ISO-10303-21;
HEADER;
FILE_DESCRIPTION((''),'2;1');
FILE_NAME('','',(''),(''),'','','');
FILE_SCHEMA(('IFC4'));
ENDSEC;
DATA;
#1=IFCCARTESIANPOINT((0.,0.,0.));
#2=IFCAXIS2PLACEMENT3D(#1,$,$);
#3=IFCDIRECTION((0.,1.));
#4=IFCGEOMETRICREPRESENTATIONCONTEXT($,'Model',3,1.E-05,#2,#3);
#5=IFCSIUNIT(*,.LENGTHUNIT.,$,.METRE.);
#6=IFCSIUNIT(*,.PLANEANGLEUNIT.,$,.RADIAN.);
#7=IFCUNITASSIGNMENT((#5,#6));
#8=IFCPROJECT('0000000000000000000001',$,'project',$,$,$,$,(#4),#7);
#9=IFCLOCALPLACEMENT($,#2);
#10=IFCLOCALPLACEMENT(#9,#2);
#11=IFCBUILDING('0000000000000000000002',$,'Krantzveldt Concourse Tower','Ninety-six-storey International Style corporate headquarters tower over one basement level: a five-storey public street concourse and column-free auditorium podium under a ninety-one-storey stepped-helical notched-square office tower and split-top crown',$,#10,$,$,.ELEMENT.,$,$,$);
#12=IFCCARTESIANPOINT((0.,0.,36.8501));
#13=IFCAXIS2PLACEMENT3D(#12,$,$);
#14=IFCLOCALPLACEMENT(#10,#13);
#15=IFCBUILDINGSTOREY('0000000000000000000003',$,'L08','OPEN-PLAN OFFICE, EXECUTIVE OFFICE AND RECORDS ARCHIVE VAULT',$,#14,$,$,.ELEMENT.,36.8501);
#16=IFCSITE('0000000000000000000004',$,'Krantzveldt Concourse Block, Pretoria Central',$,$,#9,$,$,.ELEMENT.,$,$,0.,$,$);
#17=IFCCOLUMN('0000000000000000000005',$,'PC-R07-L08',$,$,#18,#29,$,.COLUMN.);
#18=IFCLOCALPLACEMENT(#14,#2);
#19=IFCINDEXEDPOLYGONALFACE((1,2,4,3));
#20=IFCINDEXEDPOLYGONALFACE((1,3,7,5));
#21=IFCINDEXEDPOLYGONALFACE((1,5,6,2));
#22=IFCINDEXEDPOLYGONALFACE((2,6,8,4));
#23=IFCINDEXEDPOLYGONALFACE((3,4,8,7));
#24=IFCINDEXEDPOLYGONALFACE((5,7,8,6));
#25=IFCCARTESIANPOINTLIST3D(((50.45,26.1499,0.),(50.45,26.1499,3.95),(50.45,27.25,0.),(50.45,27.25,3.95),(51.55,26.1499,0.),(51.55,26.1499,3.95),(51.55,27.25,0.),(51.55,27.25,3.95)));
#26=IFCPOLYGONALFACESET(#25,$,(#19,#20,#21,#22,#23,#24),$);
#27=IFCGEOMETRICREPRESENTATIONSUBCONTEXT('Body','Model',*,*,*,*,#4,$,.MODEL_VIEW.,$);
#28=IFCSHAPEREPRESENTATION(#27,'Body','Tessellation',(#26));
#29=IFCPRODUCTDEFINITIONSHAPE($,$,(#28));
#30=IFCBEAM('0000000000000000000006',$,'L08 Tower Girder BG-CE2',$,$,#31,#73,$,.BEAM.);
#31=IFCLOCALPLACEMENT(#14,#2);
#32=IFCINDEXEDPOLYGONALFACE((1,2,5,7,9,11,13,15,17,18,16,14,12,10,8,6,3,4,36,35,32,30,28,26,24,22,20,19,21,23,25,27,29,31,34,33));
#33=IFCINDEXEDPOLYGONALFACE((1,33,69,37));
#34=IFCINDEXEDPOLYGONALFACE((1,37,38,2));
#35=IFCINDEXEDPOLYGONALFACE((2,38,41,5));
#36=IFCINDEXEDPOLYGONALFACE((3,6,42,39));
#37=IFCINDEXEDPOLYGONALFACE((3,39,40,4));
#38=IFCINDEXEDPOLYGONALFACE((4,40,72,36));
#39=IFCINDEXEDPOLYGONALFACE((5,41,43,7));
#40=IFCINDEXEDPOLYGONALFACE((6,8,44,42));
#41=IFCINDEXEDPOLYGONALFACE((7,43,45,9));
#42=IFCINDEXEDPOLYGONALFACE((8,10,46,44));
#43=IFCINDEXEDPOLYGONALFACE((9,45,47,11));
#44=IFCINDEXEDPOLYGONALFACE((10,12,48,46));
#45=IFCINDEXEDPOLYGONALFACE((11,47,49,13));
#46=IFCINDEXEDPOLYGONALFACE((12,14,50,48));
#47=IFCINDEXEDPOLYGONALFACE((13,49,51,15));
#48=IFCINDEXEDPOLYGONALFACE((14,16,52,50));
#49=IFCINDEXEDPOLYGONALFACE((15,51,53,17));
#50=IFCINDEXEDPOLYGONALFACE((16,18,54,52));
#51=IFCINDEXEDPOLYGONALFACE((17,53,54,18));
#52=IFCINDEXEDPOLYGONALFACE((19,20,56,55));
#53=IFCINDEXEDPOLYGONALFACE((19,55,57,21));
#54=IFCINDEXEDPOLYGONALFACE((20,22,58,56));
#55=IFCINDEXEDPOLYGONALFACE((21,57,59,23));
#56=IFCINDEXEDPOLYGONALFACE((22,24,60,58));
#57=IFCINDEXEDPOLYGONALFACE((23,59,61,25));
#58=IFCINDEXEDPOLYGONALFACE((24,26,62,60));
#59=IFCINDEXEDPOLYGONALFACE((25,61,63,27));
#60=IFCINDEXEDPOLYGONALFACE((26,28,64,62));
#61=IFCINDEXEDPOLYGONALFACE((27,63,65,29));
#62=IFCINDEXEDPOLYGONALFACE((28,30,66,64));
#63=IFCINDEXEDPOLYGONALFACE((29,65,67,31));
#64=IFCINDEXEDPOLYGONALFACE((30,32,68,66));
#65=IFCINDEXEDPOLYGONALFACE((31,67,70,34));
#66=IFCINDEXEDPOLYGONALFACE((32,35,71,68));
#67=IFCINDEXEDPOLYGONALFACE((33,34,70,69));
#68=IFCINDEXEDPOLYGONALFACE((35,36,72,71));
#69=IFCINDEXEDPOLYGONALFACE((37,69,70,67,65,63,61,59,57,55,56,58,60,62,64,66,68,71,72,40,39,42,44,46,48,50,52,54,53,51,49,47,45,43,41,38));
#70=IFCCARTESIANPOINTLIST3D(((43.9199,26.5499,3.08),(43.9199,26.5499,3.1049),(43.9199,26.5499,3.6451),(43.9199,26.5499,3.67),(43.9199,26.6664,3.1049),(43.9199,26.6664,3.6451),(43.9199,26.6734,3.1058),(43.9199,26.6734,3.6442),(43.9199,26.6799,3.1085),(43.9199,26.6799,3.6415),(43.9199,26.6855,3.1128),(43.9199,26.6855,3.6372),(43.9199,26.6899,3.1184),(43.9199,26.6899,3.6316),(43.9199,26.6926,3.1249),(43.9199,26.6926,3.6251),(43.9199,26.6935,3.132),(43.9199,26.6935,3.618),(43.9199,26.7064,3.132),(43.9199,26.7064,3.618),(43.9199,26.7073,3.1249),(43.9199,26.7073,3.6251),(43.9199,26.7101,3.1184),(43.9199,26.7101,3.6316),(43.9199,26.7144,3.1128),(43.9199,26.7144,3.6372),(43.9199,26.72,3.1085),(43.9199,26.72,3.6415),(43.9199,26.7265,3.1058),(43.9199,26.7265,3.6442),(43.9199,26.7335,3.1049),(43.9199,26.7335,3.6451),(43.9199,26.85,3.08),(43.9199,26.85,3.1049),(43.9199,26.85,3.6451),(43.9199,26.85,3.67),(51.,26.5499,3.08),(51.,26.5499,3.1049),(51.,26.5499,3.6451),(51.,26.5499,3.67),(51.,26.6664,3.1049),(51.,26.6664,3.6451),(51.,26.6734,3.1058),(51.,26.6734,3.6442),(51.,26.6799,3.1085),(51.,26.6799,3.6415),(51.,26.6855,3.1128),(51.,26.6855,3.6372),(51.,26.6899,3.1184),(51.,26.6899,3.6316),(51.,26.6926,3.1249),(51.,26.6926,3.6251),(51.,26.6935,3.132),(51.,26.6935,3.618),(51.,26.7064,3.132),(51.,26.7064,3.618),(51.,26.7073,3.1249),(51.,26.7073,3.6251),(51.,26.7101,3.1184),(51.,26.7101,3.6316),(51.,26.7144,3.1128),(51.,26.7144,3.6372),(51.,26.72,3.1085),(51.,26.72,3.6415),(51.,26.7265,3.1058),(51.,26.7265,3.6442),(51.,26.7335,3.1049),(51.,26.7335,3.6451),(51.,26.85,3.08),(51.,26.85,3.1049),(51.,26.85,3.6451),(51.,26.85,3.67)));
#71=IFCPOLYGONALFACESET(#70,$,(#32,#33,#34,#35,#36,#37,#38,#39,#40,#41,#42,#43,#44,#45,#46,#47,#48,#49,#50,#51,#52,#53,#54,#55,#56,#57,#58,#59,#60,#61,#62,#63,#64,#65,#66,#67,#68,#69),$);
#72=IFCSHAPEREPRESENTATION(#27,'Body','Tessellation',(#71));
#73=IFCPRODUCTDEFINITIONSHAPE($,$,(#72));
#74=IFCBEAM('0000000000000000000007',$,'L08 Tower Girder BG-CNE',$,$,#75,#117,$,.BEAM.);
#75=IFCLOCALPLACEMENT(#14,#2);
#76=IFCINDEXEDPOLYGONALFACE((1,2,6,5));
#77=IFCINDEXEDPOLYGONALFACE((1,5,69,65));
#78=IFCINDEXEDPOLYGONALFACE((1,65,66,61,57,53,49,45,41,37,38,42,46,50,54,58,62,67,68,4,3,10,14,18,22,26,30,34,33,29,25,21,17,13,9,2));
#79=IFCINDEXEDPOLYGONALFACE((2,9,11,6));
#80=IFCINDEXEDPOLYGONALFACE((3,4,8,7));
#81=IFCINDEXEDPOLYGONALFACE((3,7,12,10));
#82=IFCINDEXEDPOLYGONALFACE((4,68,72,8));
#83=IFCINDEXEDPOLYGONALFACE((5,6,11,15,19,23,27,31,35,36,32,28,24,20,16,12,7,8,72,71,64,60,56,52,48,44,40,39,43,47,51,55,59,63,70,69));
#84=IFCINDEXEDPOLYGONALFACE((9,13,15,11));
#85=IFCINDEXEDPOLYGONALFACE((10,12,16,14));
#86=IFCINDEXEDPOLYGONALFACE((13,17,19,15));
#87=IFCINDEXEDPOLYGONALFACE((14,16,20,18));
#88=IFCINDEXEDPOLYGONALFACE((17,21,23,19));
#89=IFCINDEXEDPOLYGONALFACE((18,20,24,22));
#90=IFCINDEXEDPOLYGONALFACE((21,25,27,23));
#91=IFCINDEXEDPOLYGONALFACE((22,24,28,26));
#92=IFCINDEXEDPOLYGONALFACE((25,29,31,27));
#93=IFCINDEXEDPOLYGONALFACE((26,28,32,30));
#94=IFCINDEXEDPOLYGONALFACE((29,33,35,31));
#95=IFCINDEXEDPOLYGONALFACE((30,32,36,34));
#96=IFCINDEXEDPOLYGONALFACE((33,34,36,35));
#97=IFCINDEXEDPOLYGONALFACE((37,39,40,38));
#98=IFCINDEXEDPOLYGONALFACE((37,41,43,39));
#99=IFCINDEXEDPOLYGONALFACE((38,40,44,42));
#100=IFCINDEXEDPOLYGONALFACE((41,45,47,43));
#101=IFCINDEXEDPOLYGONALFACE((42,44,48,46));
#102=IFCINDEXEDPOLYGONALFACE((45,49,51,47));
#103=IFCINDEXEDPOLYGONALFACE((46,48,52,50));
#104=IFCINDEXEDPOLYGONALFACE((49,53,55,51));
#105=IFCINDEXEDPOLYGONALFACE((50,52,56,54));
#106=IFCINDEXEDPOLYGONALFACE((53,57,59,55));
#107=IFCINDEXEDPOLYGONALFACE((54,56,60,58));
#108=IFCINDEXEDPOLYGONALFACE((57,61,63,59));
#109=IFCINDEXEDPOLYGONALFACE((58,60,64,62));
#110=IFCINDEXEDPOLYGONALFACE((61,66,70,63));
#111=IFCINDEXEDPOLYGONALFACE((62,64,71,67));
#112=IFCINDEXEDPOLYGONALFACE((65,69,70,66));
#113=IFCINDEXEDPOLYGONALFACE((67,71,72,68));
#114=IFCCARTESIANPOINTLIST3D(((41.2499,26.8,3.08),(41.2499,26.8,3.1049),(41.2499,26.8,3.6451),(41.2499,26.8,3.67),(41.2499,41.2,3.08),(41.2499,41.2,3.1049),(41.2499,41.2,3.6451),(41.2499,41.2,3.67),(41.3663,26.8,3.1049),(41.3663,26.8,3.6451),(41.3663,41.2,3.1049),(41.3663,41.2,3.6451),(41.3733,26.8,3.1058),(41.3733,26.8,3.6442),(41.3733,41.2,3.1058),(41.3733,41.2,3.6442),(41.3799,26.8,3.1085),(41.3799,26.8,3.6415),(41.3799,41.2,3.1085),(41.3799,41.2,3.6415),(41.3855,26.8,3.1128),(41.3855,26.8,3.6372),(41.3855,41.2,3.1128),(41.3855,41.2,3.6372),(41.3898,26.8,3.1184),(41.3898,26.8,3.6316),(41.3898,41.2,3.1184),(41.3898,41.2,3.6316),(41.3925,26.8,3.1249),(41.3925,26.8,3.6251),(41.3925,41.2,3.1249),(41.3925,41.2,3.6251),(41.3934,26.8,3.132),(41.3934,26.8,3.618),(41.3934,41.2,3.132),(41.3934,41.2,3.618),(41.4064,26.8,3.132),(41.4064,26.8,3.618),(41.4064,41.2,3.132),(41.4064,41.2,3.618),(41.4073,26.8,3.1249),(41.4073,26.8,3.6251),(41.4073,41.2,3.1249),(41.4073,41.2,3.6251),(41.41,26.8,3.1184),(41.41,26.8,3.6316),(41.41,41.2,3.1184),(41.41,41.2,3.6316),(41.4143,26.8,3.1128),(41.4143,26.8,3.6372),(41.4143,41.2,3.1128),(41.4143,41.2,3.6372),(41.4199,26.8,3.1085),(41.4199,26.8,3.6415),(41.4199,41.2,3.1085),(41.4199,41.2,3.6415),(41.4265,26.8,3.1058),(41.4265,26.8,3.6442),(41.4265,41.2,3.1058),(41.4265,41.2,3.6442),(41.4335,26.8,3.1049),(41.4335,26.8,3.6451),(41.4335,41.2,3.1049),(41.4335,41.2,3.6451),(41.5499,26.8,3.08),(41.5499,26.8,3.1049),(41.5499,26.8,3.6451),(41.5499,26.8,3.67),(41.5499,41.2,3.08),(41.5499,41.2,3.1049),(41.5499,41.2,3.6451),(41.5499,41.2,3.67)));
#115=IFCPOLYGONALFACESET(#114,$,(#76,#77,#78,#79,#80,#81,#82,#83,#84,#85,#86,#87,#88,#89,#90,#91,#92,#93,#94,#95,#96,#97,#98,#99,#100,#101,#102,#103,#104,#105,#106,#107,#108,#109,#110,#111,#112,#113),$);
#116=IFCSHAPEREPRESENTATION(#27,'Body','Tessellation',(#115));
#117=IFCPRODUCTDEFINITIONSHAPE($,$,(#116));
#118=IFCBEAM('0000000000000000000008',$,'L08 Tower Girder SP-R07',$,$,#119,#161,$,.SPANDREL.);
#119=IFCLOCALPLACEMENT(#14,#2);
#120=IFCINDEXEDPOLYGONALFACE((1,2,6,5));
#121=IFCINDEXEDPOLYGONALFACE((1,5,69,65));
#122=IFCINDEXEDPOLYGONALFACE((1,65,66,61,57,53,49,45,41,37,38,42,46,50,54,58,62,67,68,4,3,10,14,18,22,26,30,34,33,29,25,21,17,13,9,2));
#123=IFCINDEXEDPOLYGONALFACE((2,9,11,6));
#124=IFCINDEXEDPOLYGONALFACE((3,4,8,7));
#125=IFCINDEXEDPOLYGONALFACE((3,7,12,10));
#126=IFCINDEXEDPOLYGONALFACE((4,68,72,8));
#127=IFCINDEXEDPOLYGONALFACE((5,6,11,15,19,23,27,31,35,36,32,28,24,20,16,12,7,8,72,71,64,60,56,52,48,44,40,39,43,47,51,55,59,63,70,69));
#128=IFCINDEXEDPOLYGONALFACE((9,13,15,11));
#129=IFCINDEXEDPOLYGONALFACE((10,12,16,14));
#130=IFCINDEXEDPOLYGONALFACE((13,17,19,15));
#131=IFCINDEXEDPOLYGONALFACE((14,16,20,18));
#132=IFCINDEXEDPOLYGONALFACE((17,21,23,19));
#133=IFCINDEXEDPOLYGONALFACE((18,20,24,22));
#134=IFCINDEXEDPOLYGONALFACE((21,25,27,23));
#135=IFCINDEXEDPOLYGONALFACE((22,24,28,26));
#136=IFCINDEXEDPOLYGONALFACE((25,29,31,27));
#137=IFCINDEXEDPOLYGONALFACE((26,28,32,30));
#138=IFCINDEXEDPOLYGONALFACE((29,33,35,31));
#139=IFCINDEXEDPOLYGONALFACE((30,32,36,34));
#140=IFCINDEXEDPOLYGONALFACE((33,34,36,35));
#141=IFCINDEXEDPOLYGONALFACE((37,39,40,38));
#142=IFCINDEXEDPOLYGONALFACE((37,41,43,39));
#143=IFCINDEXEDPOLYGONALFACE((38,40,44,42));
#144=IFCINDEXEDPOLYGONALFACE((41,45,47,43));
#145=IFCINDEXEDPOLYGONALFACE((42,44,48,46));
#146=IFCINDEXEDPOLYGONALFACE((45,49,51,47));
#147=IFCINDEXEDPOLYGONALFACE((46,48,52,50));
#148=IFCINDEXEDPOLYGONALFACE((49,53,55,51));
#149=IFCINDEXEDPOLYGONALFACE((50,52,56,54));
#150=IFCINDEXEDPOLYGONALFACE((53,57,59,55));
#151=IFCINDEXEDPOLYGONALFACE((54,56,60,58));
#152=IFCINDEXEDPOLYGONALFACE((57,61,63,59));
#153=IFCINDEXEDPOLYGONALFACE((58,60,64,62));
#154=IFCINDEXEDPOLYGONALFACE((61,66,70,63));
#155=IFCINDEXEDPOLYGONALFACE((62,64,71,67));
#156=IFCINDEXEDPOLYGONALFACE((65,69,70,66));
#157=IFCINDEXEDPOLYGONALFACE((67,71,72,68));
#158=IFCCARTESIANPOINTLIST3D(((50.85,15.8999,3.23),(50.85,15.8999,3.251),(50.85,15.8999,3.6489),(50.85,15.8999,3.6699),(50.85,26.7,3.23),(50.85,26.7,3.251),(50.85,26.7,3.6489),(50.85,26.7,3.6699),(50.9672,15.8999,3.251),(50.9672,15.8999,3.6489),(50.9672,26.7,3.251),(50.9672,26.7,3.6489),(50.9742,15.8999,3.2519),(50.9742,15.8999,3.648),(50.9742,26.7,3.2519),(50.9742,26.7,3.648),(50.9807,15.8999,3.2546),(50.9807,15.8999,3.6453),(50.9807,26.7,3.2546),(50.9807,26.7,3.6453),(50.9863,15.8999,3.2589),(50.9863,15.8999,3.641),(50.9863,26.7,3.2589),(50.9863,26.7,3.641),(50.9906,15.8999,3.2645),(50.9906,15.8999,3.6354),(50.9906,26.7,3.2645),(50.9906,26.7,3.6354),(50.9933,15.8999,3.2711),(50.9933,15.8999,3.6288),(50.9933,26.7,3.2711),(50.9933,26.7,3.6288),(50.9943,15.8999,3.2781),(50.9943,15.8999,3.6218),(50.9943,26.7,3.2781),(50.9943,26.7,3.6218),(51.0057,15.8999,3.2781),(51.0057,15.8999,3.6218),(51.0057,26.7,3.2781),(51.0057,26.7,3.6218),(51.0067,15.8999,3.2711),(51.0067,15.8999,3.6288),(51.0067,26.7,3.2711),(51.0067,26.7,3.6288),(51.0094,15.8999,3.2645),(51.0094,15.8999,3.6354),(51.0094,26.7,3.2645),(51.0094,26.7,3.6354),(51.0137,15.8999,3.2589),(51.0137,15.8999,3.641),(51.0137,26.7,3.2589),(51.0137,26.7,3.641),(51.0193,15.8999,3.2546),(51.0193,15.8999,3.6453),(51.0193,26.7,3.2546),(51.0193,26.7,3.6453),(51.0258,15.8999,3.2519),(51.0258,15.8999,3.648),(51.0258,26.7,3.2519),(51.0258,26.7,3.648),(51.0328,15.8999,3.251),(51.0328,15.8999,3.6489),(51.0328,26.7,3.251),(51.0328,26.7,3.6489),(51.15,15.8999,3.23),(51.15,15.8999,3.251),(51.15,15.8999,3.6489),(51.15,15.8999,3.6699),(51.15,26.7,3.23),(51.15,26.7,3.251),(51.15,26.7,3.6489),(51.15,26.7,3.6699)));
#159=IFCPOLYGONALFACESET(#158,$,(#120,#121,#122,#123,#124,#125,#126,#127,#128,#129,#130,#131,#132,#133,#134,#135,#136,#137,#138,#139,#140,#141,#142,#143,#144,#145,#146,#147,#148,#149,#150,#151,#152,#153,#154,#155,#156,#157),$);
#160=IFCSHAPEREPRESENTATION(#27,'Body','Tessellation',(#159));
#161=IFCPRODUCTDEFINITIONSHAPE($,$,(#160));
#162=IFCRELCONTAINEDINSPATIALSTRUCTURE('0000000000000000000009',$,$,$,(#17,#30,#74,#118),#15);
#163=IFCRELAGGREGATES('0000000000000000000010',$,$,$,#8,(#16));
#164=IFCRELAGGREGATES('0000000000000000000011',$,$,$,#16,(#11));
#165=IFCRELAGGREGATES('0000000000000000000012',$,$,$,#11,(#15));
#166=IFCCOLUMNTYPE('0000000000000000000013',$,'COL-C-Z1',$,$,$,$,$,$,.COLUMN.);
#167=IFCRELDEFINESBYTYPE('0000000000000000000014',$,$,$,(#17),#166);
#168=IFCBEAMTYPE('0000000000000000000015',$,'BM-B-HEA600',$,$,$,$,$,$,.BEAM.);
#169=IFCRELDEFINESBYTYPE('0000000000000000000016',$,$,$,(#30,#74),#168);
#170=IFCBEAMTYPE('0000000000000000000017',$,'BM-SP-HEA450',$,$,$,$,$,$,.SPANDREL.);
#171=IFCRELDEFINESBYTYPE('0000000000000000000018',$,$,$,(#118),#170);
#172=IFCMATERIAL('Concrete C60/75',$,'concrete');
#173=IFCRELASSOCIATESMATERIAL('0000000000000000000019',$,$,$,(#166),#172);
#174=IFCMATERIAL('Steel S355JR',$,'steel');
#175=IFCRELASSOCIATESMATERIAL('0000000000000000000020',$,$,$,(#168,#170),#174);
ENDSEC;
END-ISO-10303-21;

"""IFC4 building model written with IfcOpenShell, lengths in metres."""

from ifc_helpers import new_model, si_unit, direction, frame, origin, origin_2d, place, context, subcontext, project, spatial, rectangle, i_section, extrude, source, transform, mapped, material, material_profile, profile_set, type_object, type_shapes, element, save


model = new_model("IFC4")

# Units and contexts
model_context = context("Model", 3, precision=1e-05, world=origin(), true_north=direction((0.0, 1.0)))
body_context = subcontext(model_context, "Body", "Model", "MODEL_VIEW")
ifc_project = project(units=[si_unit("LENGTHUNIT", "METRE"), si_unit("PLANEANGLEUNIT", "RADIAN")], contexts=[model_context])

# Site, building, storey
site_placement = place(None, origin())
site = spatial("IfcSite", under=ifc_project, at=site_placement, Name="Krantzveldt Concourse Block, Pretoria Central", CompositionType="ELEMENT", RefElevation=0.0)
building_placement = place(site_placement, origin())
building = spatial("IfcBuilding", under=site, at=building_placement, Name="Krantzveldt Concourse Tower", Description="Ninety-six-storey International Style corporate headquarters tower over one basement level: a five-storey public street concourse and column-free auditorium podium under a ninety-one-storey stepped-helical notched-square office tower and split-top crown", CompositionType="ELEMENT")
storey_placement = place(building_placement, frame((0.0, 0.0, 36.8501)))
storey = spatial("IfcBuildingStorey", under=building, at=storey_placement, Name="L08", Description="OPEN-PLAN OFFICE, EXECUTIVE OFFICE AND RECORDS ARCHIVE VAULT", CompositionType="ELEMENT", Elevation=36.8501)

# Column
ifc_material_1 = material(Name="Concrete C60/75", Category="concrete")
ifc_material_profile_1 = material_profile(ifc_material_1, rectangle(XDim=1.1001, YDim=1.1001, at=origin_2d()), Name="Concrete C60/75", Category="concrete")
ifc_profile_set_1 = profile_set([ifc_material_profile_1], Name="Concrete C60/75 - RC 1100x1100")
column_type = type_object("IfcColumnType", Name="COL-C-Z1", PredefinedType="COLUMN", material=ifc_profile_set_1)
shared_shape_1 = source(origin(), body_context, "Body", "SweptSolid", [
    extrude(rectangle(XDim=1.1001, YDim=1.1001, at=origin_2d()), origin(), (0.0, 0.0, 1.0), 3.95),
])
type_shapes(column_type, [shared_shape_1])
column_placement = place(storey_placement, frame((51.0, 26.7, 0.0), z_axis=(0.0, 0.0, 1.0), x_axis=(1.0, 0.0, 0.0)))
element("IfcColumn", 1, at=column_placement, inside=storey, type_object=column_type, Name="PC-R07-L08", PredefinedType="COLUMN", context=body_context, shape_type="MappedRepresentation", body=[
    mapped(shared_shape_1, transform((0.0, 0.0, 0.0), x_axis=(1.0, 0.0, 0.0), y_axis=(0.0, 1.0, 0.0), z_axis=(0.0, 0.0, 1.0), scale=1.0)),
])

# Beams
ifc_material_2 = material(Name="Steel S355JR", Category="steel")
ifc_material_profile_2 = material_profile(ifc_material_2, i_section(OverallWidth=0.3, OverallDepth=0.5901, WebThickness=0.0129, FlangeThickness=0.0249, FilletRadius=0.0271, at=origin_2d()), Name="Steel S355JR", Category="steel")
ifc_profile_set_2 = profile_set([ifc_material_profile_2], Name="Steel S355JR - HEA 600")
beam_type_1 = type_object("IfcBeamType", Name="BM-B-HEA600", PredefinedType="BEAM", material=ifc_profile_set_2)
shared_shape_2 = source(origin(), body_context, "Body", "SweptSolid", [
    extrude(i_section(OverallWidth=0.3, OverallDepth=0.5901, WebThickness=0.0129, FlangeThickness=0.0249, FilletRadius=0.0271, at=origin_2d()), origin(), (0.0, 0.0, 1.0), 7.0801),
])
beam_1_placement = place(storey_placement, frame((43.9199, 26.7, 3.375), z_axis=(1.0, 0.0, 0.0), x_axis=(0.0, 1.0, 0.0)))
element("IfcBeam", 2, at=beam_1_placement, inside=storey, type_object=beam_type_1, Name="L08 Tower Girder BG-CE2", PredefinedType="BEAM", context=body_context, shape_type="MappedRepresentation", body=[
    mapped(shared_shape_2, transform((0.0, 0.0, 0.0), x_axis=(1.0, 0.0, 0.0), y_axis=(0.0, 1.0, 0.0), z_axis=(0.0, 0.0, 1.0), scale=1.0)),
])
shared_shape_3 = source(origin(), body_context, "Body", "SweptSolid", [
    extrude(i_section(OverallWidth=0.3, OverallDepth=0.5901, WebThickness=0.0129, FlangeThickness=0.0249, FilletRadius=0.0271, at=origin_2d()), origin(), (0.0, 0.0, 1.0), 14.3999),
])
type_shapes(beam_type_1, [shared_shape_2, shared_shape_3])
beam_2_placement = place(storey_placement, frame((41.3999, 26.8, 3.375), z_axis=(0.0, 1.0, 0.0), x_axis=(-1.0, 0.0, 0.0)))
element("IfcBeam", 3, at=beam_2_placement, inside=storey, type_object=beam_type_1, Name="L08 Tower Girder BG-CNE", PredefinedType="BEAM", context=body_context, shape_type="MappedRepresentation", body=[
    mapped(shared_shape_3, transform((0.0, 0.0, 0.0), x_axis=(1.0, 0.0, 0.0), y_axis=(0.0, 1.0, 0.0), z_axis=(0.0, 0.0, 1.0), scale=1.0)),
])
ifc_material_profile_3 = material_profile(ifc_material_2, i_section(OverallWidth=0.3, OverallDepth=0.4399, WebThickness=0.0115, FlangeThickness=0.021, FilletRadius=0.0271, at=origin_2d()), Name="Steel S355JR", Category="steel")
ifc_profile_set_3 = profile_set([ifc_material_profile_3], Name="Steel S355JR - HEA 450")
beam_type_2 = type_object("IfcBeamType", Name="BM-SP-HEA450", PredefinedType="SPANDREL", material=ifc_profile_set_3)
shared_shape_4 = source(origin(), body_context, "Body", "SweptSolid", [
    extrude(i_section(OverallWidth=0.3, OverallDepth=0.4399, WebThickness=0.0115, FlangeThickness=0.021, FilletRadius=0.0271, at=origin_2d()), origin(), (0.0, 0.0, 1.0), 10.8),
])
type_shapes(beam_type_2, [shared_shape_4])
beam_3_placement = place(storey_placement, frame((51.0, 26.7, 3.45), z_axis=(0.0, -1.0, 0.0), x_axis=(1.0, 0.0, 0.0)))
element("IfcBeam", 4, at=beam_3_placement, inside=storey, type_object=beam_type_2, Name="L08 Tower Girder SP-R07", PredefinedType="SPANDREL", context=body_context, shape_type="MappedRepresentation", body=[
    mapped(shared_shape_4, transform((0.0, 0.0, 0.0), x_axis=(1.0, 0.0, 0.0), y_axis=(0.0, 1.0, 0.0), z_axis=(0.0, 0.0, 1.0), scale=1.0)),
])

save(model, "model.ifc")
